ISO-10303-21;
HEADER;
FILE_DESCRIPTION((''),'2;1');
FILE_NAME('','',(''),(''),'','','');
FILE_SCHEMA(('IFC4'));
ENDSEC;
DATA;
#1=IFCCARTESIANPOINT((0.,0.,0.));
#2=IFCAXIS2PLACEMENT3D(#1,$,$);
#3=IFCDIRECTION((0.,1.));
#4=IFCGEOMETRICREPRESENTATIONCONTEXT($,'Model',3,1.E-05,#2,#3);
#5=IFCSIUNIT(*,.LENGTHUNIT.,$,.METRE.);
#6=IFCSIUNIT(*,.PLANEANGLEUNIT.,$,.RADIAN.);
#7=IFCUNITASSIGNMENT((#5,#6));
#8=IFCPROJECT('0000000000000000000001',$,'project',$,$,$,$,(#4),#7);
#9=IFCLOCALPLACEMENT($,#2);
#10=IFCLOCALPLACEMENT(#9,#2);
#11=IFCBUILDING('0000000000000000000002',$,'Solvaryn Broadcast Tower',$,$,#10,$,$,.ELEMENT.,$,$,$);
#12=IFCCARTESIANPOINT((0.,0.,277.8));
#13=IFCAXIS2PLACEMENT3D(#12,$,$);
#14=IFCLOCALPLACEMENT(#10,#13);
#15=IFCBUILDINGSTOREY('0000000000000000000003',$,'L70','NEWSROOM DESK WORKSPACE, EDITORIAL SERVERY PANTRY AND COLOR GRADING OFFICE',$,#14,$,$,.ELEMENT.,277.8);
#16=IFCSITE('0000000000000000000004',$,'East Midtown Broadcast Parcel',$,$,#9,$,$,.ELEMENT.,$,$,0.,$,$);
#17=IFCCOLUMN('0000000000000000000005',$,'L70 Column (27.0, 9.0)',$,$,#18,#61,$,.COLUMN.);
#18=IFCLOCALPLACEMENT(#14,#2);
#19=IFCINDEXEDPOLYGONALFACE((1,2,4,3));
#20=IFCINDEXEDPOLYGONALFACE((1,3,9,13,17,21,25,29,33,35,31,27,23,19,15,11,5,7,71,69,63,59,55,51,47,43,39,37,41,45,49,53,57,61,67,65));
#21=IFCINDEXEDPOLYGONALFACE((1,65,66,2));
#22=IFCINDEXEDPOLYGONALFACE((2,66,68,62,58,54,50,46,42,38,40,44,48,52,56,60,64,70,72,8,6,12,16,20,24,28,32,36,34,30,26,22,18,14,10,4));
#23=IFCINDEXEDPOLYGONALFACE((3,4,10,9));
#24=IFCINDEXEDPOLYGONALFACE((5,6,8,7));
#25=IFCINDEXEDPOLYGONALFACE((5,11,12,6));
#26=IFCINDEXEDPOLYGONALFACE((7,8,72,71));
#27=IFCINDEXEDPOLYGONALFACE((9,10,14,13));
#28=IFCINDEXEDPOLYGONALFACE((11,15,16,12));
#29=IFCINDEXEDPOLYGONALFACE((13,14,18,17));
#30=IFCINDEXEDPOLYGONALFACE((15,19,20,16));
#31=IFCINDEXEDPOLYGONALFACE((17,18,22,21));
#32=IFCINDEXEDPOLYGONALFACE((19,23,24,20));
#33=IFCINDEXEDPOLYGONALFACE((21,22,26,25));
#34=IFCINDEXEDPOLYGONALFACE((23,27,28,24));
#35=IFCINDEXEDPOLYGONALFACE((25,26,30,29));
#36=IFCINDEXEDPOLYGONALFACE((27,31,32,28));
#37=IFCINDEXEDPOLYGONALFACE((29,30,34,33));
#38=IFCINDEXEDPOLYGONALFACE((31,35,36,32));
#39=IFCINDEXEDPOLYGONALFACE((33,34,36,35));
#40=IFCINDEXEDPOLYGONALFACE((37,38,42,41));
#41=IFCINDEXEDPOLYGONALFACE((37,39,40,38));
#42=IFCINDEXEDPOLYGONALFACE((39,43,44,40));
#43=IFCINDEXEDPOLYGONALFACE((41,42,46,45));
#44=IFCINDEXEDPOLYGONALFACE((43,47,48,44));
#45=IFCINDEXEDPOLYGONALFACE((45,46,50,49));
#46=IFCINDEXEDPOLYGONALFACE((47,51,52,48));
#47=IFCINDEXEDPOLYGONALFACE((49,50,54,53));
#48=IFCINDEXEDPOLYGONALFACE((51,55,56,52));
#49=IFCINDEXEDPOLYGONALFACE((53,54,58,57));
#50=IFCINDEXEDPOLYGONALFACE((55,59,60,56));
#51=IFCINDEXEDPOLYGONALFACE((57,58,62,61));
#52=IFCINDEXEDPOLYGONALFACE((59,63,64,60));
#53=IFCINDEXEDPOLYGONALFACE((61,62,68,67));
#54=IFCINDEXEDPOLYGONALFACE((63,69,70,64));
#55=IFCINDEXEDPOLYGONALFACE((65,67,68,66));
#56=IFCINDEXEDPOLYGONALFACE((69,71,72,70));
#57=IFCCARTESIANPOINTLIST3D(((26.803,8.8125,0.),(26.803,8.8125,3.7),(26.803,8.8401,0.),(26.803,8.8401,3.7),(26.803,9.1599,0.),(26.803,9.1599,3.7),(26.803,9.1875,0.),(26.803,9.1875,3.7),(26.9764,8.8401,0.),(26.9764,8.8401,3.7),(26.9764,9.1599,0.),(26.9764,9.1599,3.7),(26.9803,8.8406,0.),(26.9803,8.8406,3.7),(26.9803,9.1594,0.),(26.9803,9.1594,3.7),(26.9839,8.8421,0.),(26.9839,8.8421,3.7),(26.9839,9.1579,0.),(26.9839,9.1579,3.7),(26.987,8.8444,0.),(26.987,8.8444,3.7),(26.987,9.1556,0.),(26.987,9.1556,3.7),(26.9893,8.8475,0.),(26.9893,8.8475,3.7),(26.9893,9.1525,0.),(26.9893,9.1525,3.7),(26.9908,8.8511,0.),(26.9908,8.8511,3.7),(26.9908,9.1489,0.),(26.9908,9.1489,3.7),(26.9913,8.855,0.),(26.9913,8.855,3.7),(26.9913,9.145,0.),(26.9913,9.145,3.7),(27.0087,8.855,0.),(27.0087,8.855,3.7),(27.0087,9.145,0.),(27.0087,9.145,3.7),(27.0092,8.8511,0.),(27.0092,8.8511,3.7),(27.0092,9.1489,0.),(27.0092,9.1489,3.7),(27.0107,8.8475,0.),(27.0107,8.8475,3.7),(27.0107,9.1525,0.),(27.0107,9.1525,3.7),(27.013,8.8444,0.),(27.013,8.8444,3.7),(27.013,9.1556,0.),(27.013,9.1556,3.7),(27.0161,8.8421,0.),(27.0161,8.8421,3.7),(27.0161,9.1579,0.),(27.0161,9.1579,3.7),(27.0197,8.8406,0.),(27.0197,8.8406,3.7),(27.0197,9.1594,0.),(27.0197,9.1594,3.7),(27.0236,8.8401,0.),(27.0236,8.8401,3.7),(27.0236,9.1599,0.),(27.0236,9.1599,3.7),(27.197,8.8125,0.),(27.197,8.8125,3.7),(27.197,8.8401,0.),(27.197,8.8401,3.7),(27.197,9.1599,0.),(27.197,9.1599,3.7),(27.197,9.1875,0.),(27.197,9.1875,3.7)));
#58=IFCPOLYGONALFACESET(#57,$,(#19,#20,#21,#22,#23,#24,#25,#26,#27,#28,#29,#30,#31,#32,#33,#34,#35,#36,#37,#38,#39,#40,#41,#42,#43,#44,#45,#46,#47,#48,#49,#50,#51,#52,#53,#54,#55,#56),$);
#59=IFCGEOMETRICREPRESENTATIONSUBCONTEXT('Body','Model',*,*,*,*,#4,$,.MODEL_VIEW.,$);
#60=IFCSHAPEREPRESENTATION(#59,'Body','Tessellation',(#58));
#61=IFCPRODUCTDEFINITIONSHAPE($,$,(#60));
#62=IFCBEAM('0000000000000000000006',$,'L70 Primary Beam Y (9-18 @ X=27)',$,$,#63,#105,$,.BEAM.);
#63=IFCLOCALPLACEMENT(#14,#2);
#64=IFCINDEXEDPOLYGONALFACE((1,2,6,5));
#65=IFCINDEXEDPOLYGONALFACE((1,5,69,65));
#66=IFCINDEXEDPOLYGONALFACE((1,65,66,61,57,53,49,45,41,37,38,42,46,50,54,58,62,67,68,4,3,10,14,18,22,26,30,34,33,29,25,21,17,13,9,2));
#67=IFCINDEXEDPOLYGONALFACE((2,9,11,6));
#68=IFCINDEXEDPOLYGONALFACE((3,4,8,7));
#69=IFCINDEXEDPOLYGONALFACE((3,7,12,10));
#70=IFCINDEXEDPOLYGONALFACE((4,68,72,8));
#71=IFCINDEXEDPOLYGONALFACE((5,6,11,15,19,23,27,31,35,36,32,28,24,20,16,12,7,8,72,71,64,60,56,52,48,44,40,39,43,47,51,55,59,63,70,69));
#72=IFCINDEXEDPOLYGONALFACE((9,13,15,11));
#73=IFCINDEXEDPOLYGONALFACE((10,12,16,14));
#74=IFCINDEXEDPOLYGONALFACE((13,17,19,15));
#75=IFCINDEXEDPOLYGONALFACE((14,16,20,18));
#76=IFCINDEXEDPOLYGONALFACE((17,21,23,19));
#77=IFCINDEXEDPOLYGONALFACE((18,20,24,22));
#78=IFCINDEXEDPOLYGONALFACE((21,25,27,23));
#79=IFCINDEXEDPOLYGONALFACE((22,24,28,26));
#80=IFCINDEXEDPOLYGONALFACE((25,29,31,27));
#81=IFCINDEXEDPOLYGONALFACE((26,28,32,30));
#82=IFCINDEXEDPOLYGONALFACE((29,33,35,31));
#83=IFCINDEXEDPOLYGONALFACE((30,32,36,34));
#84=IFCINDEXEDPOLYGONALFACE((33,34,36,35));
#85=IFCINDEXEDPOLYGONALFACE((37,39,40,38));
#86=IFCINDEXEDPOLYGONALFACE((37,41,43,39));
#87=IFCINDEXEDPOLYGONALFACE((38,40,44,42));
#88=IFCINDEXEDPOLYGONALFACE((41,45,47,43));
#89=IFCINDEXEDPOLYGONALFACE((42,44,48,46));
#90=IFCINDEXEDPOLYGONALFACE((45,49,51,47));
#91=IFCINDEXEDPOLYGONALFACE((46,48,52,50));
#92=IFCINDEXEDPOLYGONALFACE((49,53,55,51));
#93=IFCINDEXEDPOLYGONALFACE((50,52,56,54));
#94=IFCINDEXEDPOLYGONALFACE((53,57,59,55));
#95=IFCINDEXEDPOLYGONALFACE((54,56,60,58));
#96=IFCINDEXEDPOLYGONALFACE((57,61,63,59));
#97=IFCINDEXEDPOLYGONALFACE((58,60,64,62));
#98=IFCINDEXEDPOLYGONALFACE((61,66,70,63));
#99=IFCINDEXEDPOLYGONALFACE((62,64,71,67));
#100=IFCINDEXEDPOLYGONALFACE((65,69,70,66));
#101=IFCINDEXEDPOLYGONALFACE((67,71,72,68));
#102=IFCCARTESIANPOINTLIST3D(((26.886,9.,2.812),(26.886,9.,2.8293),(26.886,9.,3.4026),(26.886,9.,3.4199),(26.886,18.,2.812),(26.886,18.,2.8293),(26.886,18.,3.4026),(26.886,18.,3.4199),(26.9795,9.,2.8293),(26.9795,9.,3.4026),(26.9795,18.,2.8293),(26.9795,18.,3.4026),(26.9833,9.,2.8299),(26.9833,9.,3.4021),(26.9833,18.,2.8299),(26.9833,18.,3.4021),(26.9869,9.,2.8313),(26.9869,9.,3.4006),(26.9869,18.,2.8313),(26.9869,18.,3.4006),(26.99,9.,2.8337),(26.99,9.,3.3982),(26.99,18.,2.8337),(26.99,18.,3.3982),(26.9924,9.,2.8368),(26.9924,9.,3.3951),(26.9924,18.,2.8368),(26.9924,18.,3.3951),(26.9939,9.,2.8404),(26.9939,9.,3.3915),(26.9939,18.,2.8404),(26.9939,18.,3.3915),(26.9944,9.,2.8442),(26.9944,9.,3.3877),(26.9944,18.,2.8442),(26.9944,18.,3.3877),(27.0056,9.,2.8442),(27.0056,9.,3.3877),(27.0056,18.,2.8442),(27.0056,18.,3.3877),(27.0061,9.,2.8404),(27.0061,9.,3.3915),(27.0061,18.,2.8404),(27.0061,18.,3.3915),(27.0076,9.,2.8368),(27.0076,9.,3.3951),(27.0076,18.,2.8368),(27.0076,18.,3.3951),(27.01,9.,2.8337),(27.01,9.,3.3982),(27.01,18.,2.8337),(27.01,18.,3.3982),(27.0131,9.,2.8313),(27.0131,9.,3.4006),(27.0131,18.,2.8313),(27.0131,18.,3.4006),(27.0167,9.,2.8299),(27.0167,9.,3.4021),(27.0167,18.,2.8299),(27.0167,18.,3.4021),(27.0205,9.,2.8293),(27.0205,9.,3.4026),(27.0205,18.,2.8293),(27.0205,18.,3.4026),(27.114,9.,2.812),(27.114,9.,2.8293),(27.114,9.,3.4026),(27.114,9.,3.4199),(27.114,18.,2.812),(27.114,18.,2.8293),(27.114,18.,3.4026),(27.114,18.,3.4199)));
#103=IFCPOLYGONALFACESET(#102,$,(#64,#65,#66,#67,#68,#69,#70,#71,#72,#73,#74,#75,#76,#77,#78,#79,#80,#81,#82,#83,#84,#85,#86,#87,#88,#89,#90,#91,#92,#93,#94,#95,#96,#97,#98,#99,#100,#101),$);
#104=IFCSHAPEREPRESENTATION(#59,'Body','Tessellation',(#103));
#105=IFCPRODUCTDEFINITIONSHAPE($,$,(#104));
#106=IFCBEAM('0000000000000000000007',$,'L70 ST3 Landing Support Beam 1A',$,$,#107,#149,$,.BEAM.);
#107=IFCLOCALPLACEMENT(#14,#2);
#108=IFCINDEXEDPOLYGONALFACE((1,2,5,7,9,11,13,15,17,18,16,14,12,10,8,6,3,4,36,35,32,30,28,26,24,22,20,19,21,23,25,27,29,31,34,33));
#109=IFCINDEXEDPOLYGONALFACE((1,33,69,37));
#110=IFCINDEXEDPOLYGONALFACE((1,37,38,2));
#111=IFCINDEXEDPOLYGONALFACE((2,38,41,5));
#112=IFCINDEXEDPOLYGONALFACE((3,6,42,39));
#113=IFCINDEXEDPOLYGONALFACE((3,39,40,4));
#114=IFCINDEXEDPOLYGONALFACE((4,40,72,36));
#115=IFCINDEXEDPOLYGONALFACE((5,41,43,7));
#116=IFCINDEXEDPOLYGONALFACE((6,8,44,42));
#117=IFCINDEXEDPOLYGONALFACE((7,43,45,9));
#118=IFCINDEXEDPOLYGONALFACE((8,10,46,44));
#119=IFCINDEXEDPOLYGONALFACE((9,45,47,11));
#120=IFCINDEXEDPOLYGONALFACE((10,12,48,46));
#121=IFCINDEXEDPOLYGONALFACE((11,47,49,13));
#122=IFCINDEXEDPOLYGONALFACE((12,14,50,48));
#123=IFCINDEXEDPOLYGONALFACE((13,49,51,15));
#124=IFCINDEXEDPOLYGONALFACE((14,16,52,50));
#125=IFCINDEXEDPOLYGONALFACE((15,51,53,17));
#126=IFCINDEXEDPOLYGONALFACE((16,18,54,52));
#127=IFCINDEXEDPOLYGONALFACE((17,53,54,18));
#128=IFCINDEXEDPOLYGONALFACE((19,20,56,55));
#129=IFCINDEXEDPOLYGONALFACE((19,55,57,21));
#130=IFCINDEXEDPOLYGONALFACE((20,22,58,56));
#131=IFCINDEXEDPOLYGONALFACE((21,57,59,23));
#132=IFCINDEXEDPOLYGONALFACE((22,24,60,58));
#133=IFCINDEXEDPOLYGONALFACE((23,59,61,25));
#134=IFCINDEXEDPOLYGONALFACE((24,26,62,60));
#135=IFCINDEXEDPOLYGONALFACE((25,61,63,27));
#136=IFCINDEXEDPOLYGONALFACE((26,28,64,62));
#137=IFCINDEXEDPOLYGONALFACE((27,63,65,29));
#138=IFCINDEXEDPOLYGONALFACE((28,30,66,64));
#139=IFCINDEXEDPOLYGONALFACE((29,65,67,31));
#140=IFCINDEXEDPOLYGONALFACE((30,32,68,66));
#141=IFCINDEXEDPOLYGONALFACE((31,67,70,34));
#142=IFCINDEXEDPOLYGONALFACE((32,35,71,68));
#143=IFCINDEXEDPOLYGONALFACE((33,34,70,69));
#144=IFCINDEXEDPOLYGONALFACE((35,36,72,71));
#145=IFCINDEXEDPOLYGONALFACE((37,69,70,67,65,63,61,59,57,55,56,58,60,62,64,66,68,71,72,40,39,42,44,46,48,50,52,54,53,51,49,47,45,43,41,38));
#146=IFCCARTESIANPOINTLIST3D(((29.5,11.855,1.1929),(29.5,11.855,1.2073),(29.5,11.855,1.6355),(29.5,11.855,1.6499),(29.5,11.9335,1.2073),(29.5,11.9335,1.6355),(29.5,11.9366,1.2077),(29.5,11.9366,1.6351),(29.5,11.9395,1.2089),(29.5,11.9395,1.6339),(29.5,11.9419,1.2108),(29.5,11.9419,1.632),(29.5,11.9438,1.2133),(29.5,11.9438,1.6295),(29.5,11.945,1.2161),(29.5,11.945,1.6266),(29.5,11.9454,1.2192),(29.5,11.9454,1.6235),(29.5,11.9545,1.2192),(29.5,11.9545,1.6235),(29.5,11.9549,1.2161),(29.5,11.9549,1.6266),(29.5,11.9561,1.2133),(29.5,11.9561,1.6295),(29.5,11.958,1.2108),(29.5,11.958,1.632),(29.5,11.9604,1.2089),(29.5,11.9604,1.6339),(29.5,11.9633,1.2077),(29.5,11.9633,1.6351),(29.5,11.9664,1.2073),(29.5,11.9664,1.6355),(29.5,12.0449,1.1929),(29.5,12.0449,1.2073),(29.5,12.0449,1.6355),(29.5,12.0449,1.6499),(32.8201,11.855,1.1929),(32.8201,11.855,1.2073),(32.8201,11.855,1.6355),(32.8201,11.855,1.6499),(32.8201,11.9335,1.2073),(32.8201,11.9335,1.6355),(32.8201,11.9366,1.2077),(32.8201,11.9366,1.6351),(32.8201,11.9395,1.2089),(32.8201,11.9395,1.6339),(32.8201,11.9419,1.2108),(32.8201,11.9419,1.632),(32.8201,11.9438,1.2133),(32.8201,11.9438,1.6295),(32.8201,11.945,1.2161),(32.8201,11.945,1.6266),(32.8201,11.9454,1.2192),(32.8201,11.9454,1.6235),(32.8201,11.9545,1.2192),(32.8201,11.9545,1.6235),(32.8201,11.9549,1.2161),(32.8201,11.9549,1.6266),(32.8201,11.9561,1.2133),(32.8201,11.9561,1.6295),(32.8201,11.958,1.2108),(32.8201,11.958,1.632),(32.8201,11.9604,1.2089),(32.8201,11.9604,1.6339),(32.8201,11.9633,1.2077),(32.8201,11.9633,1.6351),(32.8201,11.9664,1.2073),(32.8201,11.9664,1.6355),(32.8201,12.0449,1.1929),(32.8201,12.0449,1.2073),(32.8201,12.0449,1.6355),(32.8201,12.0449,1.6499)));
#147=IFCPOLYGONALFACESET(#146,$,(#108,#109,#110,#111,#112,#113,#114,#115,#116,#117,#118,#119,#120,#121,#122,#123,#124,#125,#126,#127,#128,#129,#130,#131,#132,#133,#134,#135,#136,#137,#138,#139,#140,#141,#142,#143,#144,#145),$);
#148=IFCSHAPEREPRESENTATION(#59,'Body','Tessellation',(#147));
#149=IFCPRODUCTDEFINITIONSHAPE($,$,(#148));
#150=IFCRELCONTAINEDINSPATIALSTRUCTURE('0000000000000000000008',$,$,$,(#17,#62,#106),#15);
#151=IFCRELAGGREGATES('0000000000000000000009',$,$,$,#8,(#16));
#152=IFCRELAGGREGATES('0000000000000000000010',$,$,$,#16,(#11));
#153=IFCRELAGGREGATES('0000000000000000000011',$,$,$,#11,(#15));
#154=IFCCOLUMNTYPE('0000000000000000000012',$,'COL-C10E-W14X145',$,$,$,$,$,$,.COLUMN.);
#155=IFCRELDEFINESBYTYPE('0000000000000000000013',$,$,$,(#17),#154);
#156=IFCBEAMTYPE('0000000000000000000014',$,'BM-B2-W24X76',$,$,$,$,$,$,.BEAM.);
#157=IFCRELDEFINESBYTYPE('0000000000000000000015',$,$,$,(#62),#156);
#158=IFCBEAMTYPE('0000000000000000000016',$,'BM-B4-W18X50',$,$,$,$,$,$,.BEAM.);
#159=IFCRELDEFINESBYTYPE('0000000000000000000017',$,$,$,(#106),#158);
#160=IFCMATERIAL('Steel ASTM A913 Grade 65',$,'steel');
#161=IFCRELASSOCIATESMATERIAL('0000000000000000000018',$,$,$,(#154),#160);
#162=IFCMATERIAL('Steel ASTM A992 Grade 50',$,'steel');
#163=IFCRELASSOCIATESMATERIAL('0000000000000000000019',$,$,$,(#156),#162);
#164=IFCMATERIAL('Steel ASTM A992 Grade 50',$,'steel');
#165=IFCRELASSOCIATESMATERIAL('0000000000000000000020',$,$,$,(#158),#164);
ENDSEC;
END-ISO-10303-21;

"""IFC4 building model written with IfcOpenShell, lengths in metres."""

from ifc_helpers import new_model, si_unit, direction, frame, origin, origin_2d, place, context, subcontext, project, spatial, i_section, extrude, material, material_profile, profile_set, type_object, element, save


model = new_model("IFC4")

# Units and contexts
model_context = context("Model", 3, precision=1e-05, world=origin(), true_north=direction((0.0, 1.0)))
body_context = subcontext(model_context, "Body", "Model", "MODEL_VIEW")
ifc_project = project(units=[si_unit("LENGTHUNIT", "METRE"), si_unit("PLANEANGLEUNIT", "RADIAN")], contexts=[model_context])

# Site, building, storey
site_placement = place(None, origin())
site = spatial("IfcSite", under=ifc_project, at=site_placement, Name="East Midtown Broadcast Parcel", CompositionType="ELEMENT", RefElevation=0.0)
building_placement = place(site_placement, origin())
building = spatial("IfcBuilding", under=site, at=building_placement, Name="Solvaryn Broadcast Tower", CompositionType="ELEMENT")
storey_placement = place(building_placement, frame((0.0, 0.0, 277.8)))
storey = spatial("IfcBuildingStorey", under=building, at=storey_placement, Name="L70", Description="NEWSROOM DESK WORKSPACE, EDITORIAL SERVERY PANTRY AND COLOR GRADING OFFICE", CompositionType="ELEMENT", Elevation=277.8)

# Column
ifc_material_1 = material(Name="Steel ASTM A913 Grade 65", Category="steel")
ifc_material_profile_1 = material_profile(ifc_material_1, i_section(OverallWidth=0.394, OverallDepth=0.375, WebThickness=0.0173, FlangeThickness=0.0276, FilletRadius=0.0149, at=origin_2d()))
ifc_profile_set_1 = profile_set([ifc_material_profile_1], Name="Steel ASTM A913 Grade 65")
column_type = type_object("IfcColumnType", Name="COL-C10E-W14X145", PredefinedType="COLUMN", material=ifc_profile_set_1)
column_placement = place(storey_placement, frame((27.0, 9.0, 0.0), z_axis=(0.0, 0.0, 1.0), x_axis=(1.0, 0.0, 0.0)))
element("IfcColumn", 1, at=column_placement, inside=storey, type_object=column_type, Name="L70 Column (27.0, 9.0)", PredefinedType="COLUMN", context=body_context, shape_type="SweptSolid", body=[
    extrude(i_section(OverallWidth=0.394, OverallDepth=0.375, WebThickness=0.0173, FlangeThickness=0.0276, FilletRadius=0.0149, at=origin_2d()), origin(), (0.0, 0.0, 1.0), 3.7),
])

# Beams
ifc_material_2 = material(Name="Steel ASTM A992 Grade 50", Category="steel")
ifc_material_profile_2 = material_profile(ifc_material_2, i_section(OverallWidth=0.228, OverallDepth=0.6079, WebThickness=0.0112, FlangeThickness=0.0173, FilletRadius=0.0149, at=origin_2d()))
ifc_profile_set_2 = profile_set([ifc_material_profile_2], Name="Steel ASTM A992 Grade 50")
beam_type_1 = type_object("IfcBeamType", Name="BM-B2-W24X76", PredefinedType="BEAM", material=ifc_profile_set_2)
beam_1_placement = place(storey_placement, frame((27.0, 9.0, 3.116), z_axis=(0.0, 1.0, 0.0), x_axis=(-1.0, 0.0, 0.0)))
element("IfcBeam", 2, at=beam_1_placement, inside=storey, type_object=beam_type_1, Name="L70 Primary Beam Y (9-18 @ X=27)", PredefinedType="BEAM", context=body_context, shape_type="SweptSolid", body=[
    extrude(i_section(OverallWidth=0.228, OverallDepth=0.6079, WebThickness=0.0112, FlangeThickness=0.0173, FilletRadius=0.0149, at=origin_2d()), origin(), (0.0, 0.0, 1.0), 9.0),
])
ifc_material_3 = material(Name="Steel ASTM A992 Grade 50", Category="steel")
ifc_material_profile_3 = material_profile(ifc_material_3, i_section(OverallWidth=0.1899, OverallDepth=0.457, WebThickness=0.009, FlangeThickness=0.0144, FilletRadius=0.012, at=origin_2d()))
ifc_profile_set_3 = profile_set([ifc_material_profile_3], Name="Steel ASTM A992 Grade 50")
beam_type_2 = type_object("IfcBeamType", Name="BM-B4-W18X50", PredefinedType="BEAM", material=ifc_profile_set_3)
beam_2_placement = place(storey_placement, frame((29.5, 11.95, 1.4214), z_axis=(1.0, 0.0, 0.0), x_axis=(0.0, 1.0, 0.0)))
element("IfcBeam", 3, at=beam_2_placement, inside=storey, type_object=beam_type_2, Name="L70 ST3 Landing Support Beam 1A", PredefinedType="BEAM", context=body_context, shape_type="SweptSolid", body=[
    extrude(i_section(OverallWidth=0.1899, OverallDepth=0.457, WebThickness=0.009, FlangeThickness=0.0144, FilletRadius=0.012, at=origin_2d()), origin(), (0.0, 0.0, 1.0), 3.3201),
])

save(model, "model.ifc")
